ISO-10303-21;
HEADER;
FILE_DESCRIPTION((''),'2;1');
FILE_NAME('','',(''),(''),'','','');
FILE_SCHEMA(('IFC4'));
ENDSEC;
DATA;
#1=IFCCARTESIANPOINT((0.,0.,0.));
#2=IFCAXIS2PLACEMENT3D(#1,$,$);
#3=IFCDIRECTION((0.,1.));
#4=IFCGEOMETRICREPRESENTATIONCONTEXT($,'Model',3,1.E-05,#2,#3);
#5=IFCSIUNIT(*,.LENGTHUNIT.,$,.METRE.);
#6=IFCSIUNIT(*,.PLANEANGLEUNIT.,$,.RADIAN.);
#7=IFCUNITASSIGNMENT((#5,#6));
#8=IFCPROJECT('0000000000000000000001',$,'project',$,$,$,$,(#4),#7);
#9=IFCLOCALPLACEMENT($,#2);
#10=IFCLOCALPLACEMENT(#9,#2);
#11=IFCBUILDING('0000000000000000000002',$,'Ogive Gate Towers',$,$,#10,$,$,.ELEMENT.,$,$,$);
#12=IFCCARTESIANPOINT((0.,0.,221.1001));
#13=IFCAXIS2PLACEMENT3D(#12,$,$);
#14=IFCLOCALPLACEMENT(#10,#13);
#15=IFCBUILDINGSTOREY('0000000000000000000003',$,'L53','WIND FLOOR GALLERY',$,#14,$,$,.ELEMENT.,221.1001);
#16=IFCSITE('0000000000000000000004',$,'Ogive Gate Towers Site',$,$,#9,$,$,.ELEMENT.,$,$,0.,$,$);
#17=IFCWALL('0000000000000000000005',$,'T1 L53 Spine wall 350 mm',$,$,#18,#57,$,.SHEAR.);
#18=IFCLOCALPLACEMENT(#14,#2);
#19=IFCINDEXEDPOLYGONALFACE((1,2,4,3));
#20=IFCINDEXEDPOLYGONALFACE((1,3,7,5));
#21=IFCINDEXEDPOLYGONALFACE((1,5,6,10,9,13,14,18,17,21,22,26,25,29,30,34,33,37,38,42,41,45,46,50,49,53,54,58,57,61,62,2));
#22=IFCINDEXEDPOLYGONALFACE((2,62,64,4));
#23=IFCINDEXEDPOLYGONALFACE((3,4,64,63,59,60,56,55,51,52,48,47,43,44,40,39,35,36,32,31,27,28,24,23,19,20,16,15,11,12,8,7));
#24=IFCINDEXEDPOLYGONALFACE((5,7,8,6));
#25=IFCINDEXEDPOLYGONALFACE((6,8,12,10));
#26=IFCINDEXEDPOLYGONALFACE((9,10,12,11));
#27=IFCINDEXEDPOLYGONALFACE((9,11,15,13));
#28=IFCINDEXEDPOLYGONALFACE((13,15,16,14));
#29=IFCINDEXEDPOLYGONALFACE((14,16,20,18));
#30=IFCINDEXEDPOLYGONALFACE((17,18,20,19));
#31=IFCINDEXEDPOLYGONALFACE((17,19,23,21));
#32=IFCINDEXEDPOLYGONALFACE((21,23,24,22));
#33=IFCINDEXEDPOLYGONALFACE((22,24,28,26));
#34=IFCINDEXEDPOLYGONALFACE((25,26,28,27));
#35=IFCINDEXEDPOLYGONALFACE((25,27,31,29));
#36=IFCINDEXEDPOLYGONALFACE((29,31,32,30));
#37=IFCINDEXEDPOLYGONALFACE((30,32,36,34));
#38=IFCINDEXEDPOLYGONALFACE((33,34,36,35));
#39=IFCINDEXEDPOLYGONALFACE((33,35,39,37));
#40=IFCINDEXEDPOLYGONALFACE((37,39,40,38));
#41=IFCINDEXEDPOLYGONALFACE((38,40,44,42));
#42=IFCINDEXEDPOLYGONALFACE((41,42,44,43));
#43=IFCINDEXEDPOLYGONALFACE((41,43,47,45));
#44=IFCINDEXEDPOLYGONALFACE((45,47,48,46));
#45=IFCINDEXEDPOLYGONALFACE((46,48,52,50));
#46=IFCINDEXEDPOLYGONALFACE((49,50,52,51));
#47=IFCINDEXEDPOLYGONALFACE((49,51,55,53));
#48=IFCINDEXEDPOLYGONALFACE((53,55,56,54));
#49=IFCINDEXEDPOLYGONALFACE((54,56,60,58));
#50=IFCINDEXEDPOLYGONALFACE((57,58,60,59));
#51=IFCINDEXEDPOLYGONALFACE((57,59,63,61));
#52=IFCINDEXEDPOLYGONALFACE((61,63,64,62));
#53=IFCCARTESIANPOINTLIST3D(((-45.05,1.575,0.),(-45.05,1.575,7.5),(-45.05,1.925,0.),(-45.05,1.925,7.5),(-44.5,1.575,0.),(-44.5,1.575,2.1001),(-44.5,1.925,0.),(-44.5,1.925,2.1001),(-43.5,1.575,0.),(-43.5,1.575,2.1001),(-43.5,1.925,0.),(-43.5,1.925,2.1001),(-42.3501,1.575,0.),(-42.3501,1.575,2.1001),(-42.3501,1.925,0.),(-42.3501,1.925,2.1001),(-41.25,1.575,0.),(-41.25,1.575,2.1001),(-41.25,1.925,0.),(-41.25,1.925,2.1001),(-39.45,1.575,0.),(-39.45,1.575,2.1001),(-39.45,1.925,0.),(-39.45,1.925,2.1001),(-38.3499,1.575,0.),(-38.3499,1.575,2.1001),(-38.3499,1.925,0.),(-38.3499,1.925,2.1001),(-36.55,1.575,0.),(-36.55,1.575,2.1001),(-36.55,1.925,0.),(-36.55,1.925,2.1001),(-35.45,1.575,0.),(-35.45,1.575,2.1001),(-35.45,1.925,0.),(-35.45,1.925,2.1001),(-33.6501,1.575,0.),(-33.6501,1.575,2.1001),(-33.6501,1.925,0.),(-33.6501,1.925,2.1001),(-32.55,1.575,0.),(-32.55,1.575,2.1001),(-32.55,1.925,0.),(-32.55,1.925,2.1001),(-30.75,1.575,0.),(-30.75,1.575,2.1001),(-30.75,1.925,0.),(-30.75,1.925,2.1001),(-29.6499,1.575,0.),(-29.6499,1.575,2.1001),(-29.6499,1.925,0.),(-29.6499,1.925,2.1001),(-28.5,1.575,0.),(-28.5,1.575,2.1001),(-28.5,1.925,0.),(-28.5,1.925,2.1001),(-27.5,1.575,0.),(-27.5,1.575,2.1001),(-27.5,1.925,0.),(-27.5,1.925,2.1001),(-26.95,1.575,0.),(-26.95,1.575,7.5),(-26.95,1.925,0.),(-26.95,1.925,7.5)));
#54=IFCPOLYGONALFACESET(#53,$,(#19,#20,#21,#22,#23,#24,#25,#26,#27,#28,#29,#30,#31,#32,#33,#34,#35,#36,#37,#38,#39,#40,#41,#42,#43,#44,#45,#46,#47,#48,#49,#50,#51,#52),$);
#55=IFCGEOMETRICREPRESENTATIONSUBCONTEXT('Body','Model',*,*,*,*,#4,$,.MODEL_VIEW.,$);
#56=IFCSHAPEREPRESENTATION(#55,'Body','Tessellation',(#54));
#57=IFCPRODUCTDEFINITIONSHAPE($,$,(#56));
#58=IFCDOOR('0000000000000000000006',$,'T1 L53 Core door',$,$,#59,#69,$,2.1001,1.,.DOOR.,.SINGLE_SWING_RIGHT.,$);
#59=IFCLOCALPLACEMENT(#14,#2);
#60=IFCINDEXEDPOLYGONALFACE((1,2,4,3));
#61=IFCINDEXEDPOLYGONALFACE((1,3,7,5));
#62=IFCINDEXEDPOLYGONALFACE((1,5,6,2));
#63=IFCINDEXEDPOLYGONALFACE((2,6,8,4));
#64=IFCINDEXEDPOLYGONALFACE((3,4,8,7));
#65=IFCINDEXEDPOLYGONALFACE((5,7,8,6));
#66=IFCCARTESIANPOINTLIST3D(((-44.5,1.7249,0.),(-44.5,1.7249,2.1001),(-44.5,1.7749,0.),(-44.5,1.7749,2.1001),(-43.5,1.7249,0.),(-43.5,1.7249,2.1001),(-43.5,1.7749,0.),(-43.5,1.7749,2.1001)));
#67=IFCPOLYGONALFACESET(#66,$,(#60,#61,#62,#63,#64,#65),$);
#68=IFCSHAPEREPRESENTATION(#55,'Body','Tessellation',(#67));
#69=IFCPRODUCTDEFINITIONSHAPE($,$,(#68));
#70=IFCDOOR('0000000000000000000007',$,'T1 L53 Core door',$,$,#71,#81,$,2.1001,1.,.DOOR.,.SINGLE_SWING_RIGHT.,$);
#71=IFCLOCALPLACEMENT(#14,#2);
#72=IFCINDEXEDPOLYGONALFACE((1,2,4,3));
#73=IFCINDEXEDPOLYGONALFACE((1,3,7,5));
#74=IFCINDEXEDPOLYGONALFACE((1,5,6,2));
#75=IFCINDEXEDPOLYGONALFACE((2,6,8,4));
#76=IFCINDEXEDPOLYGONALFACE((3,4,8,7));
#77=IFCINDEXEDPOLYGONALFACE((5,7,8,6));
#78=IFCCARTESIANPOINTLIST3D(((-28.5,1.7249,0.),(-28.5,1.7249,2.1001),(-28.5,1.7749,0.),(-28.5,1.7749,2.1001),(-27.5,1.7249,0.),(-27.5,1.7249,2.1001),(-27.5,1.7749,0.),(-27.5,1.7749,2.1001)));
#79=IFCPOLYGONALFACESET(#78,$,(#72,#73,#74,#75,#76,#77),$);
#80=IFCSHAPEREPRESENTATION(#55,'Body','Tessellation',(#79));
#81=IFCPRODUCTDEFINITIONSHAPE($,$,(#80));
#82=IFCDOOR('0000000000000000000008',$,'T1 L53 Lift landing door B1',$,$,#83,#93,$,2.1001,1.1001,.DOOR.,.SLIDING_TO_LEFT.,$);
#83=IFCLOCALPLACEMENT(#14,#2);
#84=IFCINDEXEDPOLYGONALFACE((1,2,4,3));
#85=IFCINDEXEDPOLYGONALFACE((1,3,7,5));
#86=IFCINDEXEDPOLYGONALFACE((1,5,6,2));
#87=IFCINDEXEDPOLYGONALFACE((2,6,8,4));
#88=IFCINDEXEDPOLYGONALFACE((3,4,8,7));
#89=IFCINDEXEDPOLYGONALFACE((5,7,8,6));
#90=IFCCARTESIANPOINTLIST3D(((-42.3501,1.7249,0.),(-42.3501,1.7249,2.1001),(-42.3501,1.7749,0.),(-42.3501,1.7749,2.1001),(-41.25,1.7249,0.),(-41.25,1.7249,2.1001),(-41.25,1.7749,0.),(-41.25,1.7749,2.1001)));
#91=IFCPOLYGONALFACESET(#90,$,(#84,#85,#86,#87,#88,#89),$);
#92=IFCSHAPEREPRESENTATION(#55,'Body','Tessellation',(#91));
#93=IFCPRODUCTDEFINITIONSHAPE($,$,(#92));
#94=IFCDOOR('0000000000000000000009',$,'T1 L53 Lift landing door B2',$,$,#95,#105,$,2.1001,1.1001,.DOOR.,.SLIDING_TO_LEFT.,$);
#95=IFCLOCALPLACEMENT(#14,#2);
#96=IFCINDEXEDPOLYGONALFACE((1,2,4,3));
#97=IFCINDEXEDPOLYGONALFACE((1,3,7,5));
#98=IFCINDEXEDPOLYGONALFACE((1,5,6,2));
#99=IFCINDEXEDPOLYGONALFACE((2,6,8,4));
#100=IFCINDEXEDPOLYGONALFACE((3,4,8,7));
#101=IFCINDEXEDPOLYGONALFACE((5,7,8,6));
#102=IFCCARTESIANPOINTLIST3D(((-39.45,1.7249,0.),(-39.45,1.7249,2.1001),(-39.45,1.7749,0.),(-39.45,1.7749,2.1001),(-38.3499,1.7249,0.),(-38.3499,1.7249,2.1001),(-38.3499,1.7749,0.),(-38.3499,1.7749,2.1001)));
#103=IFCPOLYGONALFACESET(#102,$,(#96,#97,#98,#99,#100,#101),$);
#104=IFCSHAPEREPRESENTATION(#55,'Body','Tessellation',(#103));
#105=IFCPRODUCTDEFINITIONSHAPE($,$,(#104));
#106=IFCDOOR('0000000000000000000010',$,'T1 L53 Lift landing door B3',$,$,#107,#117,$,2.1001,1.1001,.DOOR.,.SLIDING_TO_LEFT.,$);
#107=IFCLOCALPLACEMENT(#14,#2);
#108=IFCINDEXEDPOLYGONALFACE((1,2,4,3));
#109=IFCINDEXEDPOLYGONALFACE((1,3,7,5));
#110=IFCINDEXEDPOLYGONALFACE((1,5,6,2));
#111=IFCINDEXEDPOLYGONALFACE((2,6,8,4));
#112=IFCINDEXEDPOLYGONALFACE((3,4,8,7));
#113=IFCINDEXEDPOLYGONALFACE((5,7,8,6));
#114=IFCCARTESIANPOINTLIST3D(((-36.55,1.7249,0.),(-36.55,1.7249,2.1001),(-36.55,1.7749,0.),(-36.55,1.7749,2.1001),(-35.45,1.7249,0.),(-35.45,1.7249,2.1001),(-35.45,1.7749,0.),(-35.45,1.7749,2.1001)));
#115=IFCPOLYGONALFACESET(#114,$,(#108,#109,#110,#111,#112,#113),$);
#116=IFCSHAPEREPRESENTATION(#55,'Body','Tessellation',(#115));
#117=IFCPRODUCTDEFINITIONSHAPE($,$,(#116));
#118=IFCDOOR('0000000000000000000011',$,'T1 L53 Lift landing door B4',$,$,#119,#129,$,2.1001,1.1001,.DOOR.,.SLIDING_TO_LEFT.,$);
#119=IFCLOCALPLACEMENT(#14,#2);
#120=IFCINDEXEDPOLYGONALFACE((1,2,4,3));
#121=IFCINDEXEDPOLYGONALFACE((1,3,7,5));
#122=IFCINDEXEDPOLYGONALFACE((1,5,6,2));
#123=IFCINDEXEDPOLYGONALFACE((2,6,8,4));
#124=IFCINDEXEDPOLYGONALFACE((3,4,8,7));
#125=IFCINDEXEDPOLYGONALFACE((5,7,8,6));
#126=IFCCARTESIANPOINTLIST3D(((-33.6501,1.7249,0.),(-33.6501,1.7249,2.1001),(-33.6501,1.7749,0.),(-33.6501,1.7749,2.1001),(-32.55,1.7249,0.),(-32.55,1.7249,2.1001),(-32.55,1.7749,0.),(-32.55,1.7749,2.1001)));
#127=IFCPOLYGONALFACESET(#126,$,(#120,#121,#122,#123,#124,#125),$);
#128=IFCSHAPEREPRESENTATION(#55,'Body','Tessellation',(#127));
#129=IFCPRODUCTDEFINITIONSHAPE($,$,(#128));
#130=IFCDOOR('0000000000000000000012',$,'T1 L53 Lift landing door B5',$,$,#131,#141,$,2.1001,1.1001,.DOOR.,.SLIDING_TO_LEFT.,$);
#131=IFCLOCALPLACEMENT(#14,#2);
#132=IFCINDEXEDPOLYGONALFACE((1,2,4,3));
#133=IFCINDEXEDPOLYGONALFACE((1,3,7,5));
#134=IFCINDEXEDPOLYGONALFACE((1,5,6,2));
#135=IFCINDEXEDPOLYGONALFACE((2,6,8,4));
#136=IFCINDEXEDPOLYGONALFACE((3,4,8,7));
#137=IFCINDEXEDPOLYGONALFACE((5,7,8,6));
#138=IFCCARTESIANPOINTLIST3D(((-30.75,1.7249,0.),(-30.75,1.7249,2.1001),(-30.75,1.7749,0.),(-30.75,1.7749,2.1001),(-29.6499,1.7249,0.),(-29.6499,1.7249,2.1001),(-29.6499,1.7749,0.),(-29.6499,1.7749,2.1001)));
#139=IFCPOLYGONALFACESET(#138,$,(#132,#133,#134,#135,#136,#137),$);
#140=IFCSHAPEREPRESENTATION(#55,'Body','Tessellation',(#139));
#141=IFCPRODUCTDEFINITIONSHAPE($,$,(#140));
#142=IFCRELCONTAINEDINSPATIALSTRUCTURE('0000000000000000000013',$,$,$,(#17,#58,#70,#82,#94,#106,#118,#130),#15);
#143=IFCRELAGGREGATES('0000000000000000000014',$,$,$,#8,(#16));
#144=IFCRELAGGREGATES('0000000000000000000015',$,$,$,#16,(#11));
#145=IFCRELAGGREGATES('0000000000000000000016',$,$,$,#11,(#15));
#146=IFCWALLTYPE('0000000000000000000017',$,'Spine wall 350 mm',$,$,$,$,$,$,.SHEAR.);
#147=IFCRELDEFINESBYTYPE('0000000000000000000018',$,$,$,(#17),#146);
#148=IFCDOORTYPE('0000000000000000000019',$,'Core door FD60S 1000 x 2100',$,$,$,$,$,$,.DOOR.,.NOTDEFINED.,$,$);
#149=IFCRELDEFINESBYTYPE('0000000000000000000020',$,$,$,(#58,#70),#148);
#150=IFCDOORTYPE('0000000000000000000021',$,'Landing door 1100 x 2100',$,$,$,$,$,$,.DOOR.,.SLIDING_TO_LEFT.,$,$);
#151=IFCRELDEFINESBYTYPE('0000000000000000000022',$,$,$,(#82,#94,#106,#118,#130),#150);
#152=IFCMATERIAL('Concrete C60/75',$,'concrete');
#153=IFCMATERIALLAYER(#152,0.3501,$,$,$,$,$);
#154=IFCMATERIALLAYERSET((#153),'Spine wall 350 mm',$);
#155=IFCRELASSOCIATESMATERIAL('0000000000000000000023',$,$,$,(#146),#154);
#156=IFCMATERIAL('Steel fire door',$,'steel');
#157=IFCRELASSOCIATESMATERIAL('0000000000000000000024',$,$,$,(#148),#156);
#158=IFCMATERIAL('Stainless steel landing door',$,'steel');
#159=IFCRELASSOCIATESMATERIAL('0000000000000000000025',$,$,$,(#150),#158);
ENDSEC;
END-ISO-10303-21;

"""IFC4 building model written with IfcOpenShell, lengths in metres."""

from ifc_helpers import new_model, si_unit, direction, frame, frame_2d, origin, place, context, subcontext, project, spatial, rectangle, extrude, material, layer, layer_set, type_object, element, fill, save


model = new_model("IFC4")

# Units and contexts
model_context = context("Model", 3, precision=1e-05, world=origin(), true_north=direction((0.0, 1.0)))
body_context = subcontext(model_context, "Body", "Model", "MODEL_VIEW")
ifc_project = project(units=[si_unit("LENGTHUNIT", "METRE"), si_unit("PLANEANGLEUNIT", "RADIAN")], contexts=[model_context])

# Site, building, storey
site_placement = place(None, origin())
site = spatial("IfcSite", under=ifc_project, at=site_placement, Name="Ogive Gate Towers Site", CompositionType="ELEMENT", RefElevation=0.0)
building_placement = place(site_placement, origin())
building = spatial("IfcBuilding", under=site, at=building_placement, Name="Ogive Gate Towers", CompositionType="ELEMENT")
storey_placement = place(building_placement, frame((0.0, 0.0, 221.1001)))
storey = spatial("IfcBuildingStorey", under=building, at=storey_placement, Name="L53", Description="WIND FLOOR GALLERY", CompositionType="ELEMENT", Elevation=221.1001)

# Shared definitions
ifc_material_1 = material(Name="Concrete C60/75", Category="concrete")

# Shared definitions
ifc_material_2 = material(Name="Stainless steel landing door", Category="steel")

# Wall, openings, doors
ifc_layer_1 = layer(ifc_material_1, 0.3501)
ifc_layer_set_1 = layer_set([ifc_layer_1], Name="Spine wall 350 mm")
wall_type_1 = type_object("IfcWallType", Name="Spine wall 350 mm", PredefinedType="SHEAR", material=ifc_layer_set_1)
ifc_material_3 = material(Name="Steel fire door", Category="steel")
door_type_1 = type_object("IfcDoorType", Name="Core door FD60S 1000 x 2100", OperationType="NOTDEFINED", PredefinedType="DOOR", material=ifc_material_3)
door_type_2 = type_object("IfcDoorType", Name="Landing door 1100 x 2100", OperationType="SLIDING_TO_LEFT", PredefinedType="DOOR", material=ifc_material_2)
wall_1_placement = place(storey_placement, frame((-45.05, 1.75, 0.0), z_axis=(0.0, 0.0, 1.0), x_axis=(1.0, 0.0, 0.0)))
wall_1 = element("IfcWall", 1, at=wall_1_placement, inside=storey, type_object=wall_type_1, Name="T1 L53 Spine wall 350 mm", PredefinedType="SHEAR", context=body_context, shape_type="SweptSolid", body=[
    extrude(rectangle(XDim=18.1001, YDim=0.3501, at=frame_2d((9.05, 0.0))), origin(), (0.0, 0.0, 1.0), 7.5),
])
opening_1_placement = place(wall_1_placement, frame((0.55, 0.0, 0.0)))
opening_1 = element("IfcOpeningElement", 2, at=opening_1_placement, cuts=wall_1, PredefinedType="OPENING", context=body_context, shape_type="SweptSolid", body=[
    extrude(rectangle(XDim=1.0, YDim=2.1001, at=frame_2d((0.5, 1.05))), frame((0.0, 0.1851, 0.0), z_axis=(0.0, -1.0, 0.0), x_axis=(1.0, 0.0, 0.0)), (0.0, 0.0, 1.0), 0.3701),
])
opening_2_placement = place(wall_1_placement, frame((2.7, 0.0, 0.0)))
opening_2 = element("IfcOpeningElement", 3, at=opening_2_placement, cuts=wall_1, PredefinedType="OPENING", context=body_context, shape_type="SweptSolid", body=[
    extrude(rectangle(XDim=1.1001, YDim=2.1001, at=frame_2d((0.55, 1.05))), frame((0.0, 0.1851, 0.0), z_axis=(0.0, -1.0, 0.0), x_axis=(1.0, 0.0, 0.0)), (0.0, 0.0, 1.0), 0.3701),
])
opening_3_placement = place(wall_1_placement, frame((5.6001, 0.0, 0.0)))
opening_3 = element("IfcOpeningElement", 4, at=opening_3_placement, cuts=wall_1, PredefinedType="OPENING", context=body_context, shape_type="SweptSolid", body=[
    extrude(rectangle(XDim=1.1001, YDim=2.1001, at=frame_2d((0.55, 1.05))), frame((0.0, 0.1851, 0.0), z_axis=(0.0, -1.0, 0.0), x_axis=(1.0, 0.0, 0.0)), (0.0, 0.0, 1.0), 0.3701),
])
opening_4_placement = place(wall_1_placement, frame((8.5, 0.0, 0.0)))
opening_4 = element("IfcOpeningElement", 5, at=opening_4_placement, cuts=wall_1, PredefinedType="OPENING", context=body_context, shape_type="SweptSolid", body=[
    extrude(rectangle(XDim=1.1001, YDim=2.1001, at=frame_2d((0.55, 1.05))), frame((0.0, 0.1851, 0.0), z_axis=(0.0, -1.0, 0.0), x_axis=(1.0, 0.0, 0.0)), (0.0, 0.0, 1.0), 0.3701),
])
opening_5_placement = place(wall_1_placement, frame((11.3999, 0.0, 0.0)))
opening_5 = element("IfcOpeningElement", 6, at=opening_5_placement, cuts=wall_1, PredefinedType="OPENING", context=body_context, shape_type="SweptSolid", body=[
    extrude(rectangle(XDim=1.1001, YDim=2.1001, at=frame_2d((0.55, 1.05))), frame((0.0, 0.1851, 0.0), z_axis=(0.0, -1.0, 0.0), x_axis=(1.0, 0.0, 0.0)), (0.0, 0.0, 1.0), 0.3701),
])
opening_6_placement = place(wall_1_placement, frame((14.3, 0.0, 0.0)))
opening_6 = element("IfcOpeningElement", 7, at=opening_6_placement, cuts=wall_1, PredefinedType="OPENING", context=body_context, shape_type="SweptSolid", body=[
    extrude(rectangle(XDim=1.1001, YDim=2.1001, at=frame_2d((0.55, 1.05))), frame((0.0, 0.1851, 0.0), z_axis=(0.0, -1.0, 0.0), x_axis=(1.0, 0.0, 0.0)), (0.0, 0.0, 1.0), 0.3701),
])
opening_7_placement = place(wall_1_placement, frame((16.55, 0.0, 0.0)))
opening_7 = element("IfcOpeningElement", 8, at=opening_7_placement, cuts=wall_1, PredefinedType="OPENING", context=body_context, shape_type="SweptSolid", body=[
    extrude(rectangle(XDim=1.0, YDim=2.1001, at=frame_2d((0.5, 1.05))), frame((0.0, 0.1851, 0.0), z_axis=(0.0, -1.0, 0.0), x_axis=(1.0, 0.0, 0.0)), (0.0, 0.0, 1.0), 0.3701),
])
door_1_placement = place(opening_1_placement, origin())
door_1 = element("IfcDoor", 9, at=door_1_placement, inside=storey, type_object=door_type_1, Name="T1 L53 Core door", OperationType="SINGLE_SWING_RIGHT", OverallHeight=2.1001, OverallWidth=1.0, PredefinedType="DOOR", context=body_context, shape_type="SweptSolid", body=[
    extrude(rectangle(XDim=1.0, YDim=2.1001, at=frame_2d((0.5, 1.05))), frame((0.0, 0.0249, 0.0), z_axis=(0.0, -1.0, 0.0), x_axis=(1.0, 0.0, 0.0)), (0.0, 0.0, 1.0), 0.05),
])
fill(opening_1, door_1)
door_2_placement = place(opening_7_placement, origin())
door_2 = element("IfcDoor", 10, at=door_2_placement, inside=storey, type_object=door_type_1, Name="T1 L53 Core door", OperationType="SINGLE_SWING_RIGHT", OverallHeight=2.1001, OverallWidth=1.0, PredefinedType="DOOR", context=body_context, shape_type="SweptSolid", body=[
    extrude(rectangle(XDim=1.0, YDim=2.1001, at=frame_2d((0.5, 1.05))), frame((0.0, 0.0249, 0.0), z_axis=(0.0, -1.0, 0.0), x_axis=(1.0, 0.0, 0.0)), (0.0, 0.0, 1.0), 0.05),
])
fill(opening_7, door_2)
door_3_placement = place(opening_2_placement, origin())
door_3 = element("IfcDoor", 11, at=door_3_placement, inside=storey, type_object=door_type_2, Name="T1 L53 Lift landing door B1", OperationType="SLIDING_TO_LEFT", OverallHeight=2.1001, OverallWidth=1.1001, PredefinedType="DOOR", context=body_context, shape_type="SweptSolid", body=[
    extrude(rectangle(XDim=1.1001, YDim=2.1001, at=frame_2d((0.55, 1.05))), frame((0.0, 0.0249, 0.0), z_axis=(0.0, -1.0, 0.0), x_axis=(1.0, 0.0, 0.0)), (0.0, 0.0, 1.0), 0.05),
])
fill(opening_2, door_3)
door_4_placement = place(opening_3_placement, origin())
door_4 = element("IfcDoor", 12, at=door_4_placement, inside=storey, type_object=door_type_2, Name="T1 L53 Lift landing door B2", OperationType="SLIDING_TO_LEFT", OverallHeight=2.1001, OverallWidth=1.1001, PredefinedType="DOOR", context=body_context, shape_type="SweptSolid", body=[
    extrude(rectangle(XDim=1.1001, YDim=2.1001, at=frame_2d((0.55, 1.05))), frame((0.0, 0.0249, 0.0), z_axis=(0.0, -1.0, 0.0), x_axis=(1.0, 0.0, 0.0)), (0.0, 0.0, 1.0), 0.05),
])
fill(opening_3, door_4)
door_5_placement = place(opening_4_placement, origin())
door_5 = element("IfcDoor", 13, at=door_5_placement, inside=storey, type_object=door_type_2, Name="T1 L53 Lift landing door B3", OperationType="SLIDING_TO_LEFT", OverallHeight=2.1001, OverallWidth=1.1001, PredefinedType="DOOR", context=body_context, shape_type="SweptSolid", body=[
    extrude(rectangle(XDim=1.1001, YDim=2.1001, at=frame_2d((0.55, 1.05))), frame((0.0, 0.0249, 0.0), z_axis=(0.0, -1.0, 0.0), x_axis=(1.0, 0.0, 0.0)), (0.0, 0.0, 1.0), 0.05),
])
fill(opening_4, door_5)
door_6_placement = place(opening_5_placement, origin())
door_6 = element("IfcDoor", 14, at=door_6_placement, inside=storey, type_object=door_type_2, Name="T1 L53 Lift landing door B4", OperationType="SLIDING_TO_LEFT", OverallHeight=2.1001, OverallWidth=1.1001, PredefinedType="DOOR", context=body_context, shape_type="SweptSolid", body=[
    extrude(rectangle(XDim=1.1001, YDim=2.1001, at=frame_2d((0.55, 1.05))), frame((0.0, 0.0249, 0.0), z_axis=(0.0, -1.0, 0.0), x_axis=(1.0, 0.0, 0.0)), (0.0, 0.0, 1.0), 0.05),
])
fill(opening_5, door_6)
door_7_placement = place(opening_6_placement, origin())
door_7 = element("IfcDoor", 15, at=door_7_placement, inside=storey, type_object=door_type_2, Name="T1 L53 Lift landing door B5", OperationType="SLIDING_TO_LEFT", OverallHeight=2.1001, OverallWidth=1.1001, PredefinedType="DOOR", context=body_context, shape_type="SweptSolid", body=[
    extrude(rectangle(XDim=1.1001, YDim=2.1001, at=frame_2d((0.55, 1.05))), frame((0.0, 0.0249, 0.0), z_axis=(0.0, -1.0, 0.0), x_axis=(1.0, 0.0, 0.0)), (0.0, 0.0, 1.0), 0.05),
])
fill(opening_6, door_7)

save(model, "model.ifc")
